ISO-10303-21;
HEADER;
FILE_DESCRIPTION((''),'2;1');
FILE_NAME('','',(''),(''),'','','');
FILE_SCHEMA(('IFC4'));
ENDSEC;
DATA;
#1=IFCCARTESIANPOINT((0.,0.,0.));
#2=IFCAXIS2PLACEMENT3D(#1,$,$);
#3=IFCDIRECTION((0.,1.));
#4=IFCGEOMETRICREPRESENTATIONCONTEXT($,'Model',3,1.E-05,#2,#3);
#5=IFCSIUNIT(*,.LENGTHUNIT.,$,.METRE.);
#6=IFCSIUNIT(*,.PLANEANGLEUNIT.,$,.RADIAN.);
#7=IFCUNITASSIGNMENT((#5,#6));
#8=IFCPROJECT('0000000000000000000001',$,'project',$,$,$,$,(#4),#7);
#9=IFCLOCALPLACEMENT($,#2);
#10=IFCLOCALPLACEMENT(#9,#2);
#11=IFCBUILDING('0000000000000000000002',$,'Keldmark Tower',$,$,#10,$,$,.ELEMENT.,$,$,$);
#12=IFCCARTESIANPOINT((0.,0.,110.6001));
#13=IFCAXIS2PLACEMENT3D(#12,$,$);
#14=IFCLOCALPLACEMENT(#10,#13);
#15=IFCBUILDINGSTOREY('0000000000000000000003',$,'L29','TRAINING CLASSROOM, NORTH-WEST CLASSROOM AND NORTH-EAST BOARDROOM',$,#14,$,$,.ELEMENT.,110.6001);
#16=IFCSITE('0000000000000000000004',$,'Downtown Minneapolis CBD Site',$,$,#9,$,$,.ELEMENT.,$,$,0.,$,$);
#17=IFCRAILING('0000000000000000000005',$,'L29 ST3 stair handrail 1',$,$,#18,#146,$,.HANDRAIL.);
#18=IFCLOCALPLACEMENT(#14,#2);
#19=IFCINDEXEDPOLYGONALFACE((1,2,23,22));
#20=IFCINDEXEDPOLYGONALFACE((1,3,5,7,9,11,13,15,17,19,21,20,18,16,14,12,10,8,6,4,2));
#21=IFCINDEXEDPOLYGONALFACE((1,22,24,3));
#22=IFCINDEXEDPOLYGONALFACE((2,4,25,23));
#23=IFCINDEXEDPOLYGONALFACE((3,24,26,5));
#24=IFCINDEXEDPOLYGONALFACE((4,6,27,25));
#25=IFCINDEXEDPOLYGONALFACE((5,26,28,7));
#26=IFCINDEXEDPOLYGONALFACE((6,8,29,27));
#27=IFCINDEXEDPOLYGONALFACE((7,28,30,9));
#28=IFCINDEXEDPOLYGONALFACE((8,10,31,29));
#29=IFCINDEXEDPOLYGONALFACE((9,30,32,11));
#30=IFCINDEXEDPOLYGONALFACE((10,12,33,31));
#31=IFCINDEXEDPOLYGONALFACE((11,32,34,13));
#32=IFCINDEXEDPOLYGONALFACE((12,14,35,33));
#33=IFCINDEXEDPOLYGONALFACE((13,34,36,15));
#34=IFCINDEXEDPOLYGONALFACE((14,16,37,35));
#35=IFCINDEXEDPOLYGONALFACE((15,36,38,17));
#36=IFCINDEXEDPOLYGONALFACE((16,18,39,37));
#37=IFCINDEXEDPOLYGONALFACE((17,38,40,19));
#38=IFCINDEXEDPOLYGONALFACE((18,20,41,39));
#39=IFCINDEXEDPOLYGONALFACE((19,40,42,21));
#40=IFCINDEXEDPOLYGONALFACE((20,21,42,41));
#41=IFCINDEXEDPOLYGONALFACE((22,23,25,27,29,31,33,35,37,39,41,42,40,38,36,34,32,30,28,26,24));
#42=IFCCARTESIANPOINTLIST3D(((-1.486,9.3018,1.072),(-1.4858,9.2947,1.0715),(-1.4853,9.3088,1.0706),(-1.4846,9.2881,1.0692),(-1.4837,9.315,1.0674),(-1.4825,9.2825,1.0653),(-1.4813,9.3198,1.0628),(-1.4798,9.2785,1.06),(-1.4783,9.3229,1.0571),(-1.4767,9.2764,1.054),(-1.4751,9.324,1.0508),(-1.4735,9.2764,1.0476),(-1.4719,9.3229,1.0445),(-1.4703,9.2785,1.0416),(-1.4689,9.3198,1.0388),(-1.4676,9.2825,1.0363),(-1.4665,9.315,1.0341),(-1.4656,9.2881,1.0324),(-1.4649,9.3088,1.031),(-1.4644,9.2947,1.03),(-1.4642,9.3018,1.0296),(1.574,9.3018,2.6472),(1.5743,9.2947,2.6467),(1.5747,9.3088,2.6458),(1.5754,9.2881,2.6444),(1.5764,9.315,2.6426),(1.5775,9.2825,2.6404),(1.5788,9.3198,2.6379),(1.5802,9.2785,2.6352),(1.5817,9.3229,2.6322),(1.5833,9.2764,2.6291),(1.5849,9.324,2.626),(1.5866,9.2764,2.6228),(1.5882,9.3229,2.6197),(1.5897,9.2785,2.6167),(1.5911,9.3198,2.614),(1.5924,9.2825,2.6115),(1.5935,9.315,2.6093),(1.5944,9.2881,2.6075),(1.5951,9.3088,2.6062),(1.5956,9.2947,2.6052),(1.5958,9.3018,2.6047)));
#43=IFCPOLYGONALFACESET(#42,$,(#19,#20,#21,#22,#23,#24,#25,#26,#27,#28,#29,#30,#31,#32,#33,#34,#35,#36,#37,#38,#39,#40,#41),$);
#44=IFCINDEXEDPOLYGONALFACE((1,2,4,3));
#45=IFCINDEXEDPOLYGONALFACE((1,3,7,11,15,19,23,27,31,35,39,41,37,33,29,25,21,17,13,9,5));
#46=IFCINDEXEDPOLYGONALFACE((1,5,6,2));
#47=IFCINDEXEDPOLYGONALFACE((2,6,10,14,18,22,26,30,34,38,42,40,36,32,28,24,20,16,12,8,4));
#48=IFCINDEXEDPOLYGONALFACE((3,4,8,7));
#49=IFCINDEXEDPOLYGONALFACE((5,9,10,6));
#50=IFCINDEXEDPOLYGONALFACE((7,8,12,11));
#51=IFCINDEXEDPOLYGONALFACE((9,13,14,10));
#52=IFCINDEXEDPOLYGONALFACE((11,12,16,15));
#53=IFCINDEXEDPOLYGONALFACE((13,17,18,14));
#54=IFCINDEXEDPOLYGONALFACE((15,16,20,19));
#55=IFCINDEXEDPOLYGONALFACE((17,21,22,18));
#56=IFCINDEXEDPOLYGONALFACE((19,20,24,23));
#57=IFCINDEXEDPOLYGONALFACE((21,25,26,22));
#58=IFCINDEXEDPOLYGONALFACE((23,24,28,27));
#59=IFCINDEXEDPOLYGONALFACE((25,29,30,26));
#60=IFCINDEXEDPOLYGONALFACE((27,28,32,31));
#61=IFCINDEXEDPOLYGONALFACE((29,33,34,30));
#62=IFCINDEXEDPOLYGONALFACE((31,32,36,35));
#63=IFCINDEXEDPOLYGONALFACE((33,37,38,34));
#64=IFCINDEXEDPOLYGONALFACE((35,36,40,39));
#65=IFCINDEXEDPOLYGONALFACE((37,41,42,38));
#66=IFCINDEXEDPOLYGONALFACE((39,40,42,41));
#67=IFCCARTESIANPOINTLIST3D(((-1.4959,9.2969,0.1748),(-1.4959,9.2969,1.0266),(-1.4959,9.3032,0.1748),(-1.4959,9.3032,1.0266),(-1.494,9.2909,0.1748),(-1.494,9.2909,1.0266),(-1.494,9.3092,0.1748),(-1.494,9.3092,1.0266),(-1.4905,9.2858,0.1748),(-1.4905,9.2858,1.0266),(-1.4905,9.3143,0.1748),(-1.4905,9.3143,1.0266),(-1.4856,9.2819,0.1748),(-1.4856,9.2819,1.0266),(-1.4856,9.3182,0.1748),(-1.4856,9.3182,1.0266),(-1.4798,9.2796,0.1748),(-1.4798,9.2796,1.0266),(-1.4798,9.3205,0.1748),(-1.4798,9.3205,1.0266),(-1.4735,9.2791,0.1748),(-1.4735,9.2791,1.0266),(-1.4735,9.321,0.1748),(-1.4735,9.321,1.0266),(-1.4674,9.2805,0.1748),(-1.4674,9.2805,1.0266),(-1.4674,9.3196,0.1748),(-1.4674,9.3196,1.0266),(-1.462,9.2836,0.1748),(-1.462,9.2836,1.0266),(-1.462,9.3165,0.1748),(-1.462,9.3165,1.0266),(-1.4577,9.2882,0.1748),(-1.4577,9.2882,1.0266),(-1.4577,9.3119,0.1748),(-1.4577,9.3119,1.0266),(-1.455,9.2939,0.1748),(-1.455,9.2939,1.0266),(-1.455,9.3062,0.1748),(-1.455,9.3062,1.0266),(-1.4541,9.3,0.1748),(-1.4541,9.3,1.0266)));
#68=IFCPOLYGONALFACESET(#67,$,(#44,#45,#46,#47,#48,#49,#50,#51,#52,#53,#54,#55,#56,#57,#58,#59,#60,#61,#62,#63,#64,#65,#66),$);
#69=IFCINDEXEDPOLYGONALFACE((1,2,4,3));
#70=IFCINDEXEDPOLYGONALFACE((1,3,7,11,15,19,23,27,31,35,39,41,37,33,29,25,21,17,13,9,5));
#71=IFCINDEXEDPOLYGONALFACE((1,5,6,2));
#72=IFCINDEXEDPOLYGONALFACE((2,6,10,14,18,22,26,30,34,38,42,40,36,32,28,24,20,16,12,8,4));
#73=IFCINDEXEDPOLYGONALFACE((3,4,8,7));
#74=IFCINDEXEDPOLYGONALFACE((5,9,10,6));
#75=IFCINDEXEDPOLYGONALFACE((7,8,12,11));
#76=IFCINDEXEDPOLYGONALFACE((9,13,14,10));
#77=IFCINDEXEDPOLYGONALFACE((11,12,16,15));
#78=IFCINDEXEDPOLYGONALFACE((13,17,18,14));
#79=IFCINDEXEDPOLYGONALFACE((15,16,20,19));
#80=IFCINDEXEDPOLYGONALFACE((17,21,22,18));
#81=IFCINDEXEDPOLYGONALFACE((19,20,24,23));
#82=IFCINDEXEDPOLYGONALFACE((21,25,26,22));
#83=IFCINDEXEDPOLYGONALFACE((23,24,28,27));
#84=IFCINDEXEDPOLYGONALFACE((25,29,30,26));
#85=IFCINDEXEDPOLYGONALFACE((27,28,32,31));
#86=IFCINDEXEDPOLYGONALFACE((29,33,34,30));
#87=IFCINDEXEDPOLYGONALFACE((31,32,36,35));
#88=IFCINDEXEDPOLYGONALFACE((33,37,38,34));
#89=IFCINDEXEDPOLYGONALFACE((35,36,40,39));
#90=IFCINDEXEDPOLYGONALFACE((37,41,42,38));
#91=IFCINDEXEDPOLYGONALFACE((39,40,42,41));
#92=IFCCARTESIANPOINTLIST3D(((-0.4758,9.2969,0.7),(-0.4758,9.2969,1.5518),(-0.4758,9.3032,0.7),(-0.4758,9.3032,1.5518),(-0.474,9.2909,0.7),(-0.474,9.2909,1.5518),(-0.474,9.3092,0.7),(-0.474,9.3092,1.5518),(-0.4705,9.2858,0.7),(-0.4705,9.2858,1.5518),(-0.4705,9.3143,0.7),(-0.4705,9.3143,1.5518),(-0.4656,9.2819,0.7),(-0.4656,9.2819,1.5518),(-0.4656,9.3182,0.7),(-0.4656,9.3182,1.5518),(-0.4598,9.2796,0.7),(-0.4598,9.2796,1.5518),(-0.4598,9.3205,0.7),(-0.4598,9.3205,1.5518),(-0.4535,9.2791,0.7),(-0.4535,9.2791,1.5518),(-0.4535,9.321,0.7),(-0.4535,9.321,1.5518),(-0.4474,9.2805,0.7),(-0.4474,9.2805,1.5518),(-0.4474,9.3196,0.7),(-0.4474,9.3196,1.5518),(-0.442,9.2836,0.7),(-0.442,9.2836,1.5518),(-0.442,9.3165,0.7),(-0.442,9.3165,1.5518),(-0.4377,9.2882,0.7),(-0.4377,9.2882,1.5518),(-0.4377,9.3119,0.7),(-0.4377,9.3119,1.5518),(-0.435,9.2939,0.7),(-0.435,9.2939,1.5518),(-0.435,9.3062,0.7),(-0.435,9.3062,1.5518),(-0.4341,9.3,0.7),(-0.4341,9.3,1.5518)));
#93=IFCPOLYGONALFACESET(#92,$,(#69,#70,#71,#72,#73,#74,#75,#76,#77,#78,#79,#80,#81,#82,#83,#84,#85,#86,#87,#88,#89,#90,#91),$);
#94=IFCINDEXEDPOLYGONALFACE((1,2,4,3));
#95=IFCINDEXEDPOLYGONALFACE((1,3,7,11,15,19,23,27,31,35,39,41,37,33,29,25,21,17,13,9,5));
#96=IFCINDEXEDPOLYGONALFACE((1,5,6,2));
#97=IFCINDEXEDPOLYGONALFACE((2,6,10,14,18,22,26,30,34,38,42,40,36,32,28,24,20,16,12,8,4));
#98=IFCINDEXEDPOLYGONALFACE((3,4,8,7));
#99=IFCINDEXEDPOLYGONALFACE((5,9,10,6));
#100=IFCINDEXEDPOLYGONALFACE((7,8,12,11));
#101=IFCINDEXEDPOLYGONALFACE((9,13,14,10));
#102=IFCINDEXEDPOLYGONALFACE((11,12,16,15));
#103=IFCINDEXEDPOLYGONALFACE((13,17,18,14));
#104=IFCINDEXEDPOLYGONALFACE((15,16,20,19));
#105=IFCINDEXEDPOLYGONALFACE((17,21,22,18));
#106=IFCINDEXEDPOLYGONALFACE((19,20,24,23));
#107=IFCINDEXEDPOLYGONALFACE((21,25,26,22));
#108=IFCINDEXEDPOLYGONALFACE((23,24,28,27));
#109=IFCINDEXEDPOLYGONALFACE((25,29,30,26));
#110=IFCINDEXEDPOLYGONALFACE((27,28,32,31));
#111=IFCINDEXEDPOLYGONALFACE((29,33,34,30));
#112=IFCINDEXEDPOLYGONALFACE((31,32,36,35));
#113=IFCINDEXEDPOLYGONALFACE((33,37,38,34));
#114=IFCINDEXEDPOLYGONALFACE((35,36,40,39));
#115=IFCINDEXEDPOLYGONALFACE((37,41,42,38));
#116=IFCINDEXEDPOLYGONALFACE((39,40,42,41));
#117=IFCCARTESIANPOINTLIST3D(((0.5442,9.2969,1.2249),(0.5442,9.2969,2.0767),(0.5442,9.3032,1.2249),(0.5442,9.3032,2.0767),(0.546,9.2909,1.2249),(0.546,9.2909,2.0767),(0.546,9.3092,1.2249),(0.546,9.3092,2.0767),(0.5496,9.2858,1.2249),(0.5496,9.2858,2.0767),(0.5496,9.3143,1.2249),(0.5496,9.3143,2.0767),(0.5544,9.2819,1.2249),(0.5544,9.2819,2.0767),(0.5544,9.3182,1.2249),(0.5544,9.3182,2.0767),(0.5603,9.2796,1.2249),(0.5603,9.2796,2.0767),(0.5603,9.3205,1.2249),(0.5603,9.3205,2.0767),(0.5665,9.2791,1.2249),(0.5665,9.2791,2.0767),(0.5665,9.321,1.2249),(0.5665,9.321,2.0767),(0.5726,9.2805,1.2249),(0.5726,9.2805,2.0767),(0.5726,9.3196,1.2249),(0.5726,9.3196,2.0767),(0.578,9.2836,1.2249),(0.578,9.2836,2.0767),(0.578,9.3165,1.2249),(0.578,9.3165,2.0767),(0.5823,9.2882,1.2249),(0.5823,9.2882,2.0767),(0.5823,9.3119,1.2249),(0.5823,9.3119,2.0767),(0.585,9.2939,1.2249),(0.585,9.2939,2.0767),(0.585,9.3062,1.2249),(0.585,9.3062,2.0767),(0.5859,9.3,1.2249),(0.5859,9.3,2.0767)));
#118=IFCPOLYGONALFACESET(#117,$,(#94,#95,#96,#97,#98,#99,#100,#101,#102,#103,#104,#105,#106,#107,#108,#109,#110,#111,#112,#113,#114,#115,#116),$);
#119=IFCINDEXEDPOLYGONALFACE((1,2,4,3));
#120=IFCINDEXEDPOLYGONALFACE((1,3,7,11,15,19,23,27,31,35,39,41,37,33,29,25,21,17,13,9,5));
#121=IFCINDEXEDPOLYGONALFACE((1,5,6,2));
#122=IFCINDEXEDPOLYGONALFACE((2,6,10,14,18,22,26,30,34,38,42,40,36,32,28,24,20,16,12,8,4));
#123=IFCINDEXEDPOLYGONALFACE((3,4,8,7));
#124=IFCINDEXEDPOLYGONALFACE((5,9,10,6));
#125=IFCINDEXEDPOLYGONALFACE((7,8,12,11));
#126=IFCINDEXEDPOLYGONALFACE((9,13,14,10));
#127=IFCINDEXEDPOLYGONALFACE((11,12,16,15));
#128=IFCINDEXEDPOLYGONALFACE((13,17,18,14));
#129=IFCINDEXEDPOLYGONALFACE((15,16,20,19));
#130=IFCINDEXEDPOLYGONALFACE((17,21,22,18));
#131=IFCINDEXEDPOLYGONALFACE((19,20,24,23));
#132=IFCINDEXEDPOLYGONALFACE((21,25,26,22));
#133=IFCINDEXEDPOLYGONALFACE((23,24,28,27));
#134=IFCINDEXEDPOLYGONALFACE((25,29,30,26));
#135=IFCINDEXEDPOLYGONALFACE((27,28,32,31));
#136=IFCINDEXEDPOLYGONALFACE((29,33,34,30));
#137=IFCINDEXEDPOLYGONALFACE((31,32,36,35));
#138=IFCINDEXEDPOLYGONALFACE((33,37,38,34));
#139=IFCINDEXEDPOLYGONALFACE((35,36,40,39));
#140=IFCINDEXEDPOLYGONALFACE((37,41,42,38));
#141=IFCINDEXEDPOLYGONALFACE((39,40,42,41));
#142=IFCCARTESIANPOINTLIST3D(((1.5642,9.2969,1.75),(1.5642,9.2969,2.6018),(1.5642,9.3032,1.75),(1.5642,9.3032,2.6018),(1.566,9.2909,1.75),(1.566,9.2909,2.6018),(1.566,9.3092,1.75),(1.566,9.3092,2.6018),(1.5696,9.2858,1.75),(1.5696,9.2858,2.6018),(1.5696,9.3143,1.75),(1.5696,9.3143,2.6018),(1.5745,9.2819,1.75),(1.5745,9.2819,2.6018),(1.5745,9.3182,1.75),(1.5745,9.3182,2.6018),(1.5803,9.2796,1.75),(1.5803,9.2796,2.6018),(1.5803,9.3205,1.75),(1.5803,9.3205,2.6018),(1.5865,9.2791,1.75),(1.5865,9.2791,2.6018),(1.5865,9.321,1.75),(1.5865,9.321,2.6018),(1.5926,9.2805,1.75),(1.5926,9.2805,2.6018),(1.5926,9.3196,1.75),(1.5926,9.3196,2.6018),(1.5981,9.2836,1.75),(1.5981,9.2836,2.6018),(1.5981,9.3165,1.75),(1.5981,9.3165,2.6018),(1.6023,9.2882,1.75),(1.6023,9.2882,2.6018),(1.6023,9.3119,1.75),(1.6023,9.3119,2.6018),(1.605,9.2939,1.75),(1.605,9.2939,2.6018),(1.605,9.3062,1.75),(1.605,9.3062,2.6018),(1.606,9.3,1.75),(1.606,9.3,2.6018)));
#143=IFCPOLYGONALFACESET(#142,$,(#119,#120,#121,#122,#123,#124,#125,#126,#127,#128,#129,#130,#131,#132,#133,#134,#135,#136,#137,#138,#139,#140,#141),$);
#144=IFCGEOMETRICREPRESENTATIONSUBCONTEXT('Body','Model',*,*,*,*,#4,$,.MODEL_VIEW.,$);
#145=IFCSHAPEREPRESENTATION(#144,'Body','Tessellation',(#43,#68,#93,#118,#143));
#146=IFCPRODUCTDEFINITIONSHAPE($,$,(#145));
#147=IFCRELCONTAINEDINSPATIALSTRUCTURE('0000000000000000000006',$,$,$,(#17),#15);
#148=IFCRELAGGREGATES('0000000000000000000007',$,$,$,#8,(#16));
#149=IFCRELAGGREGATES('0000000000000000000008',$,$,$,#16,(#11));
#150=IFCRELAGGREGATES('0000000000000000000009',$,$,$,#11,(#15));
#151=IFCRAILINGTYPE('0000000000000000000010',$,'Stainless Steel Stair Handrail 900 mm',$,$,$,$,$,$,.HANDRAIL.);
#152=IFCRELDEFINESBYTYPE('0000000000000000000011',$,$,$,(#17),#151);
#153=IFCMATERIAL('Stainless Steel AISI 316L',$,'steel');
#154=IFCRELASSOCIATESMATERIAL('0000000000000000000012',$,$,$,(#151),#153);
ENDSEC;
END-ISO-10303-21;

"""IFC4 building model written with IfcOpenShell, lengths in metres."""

from ifc_helpers import new_model, si_unit, direction, frame, origin, origin_2d, place, context, subcontext, project, spatial, circle, extrude, material, type_object, element, save


model = new_model("IFC4")

# Units and contexts
model_context = context("Model", 3, precision=1e-05, world=origin(), true_north=direction((0.0, 1.0)))
body_context = subcontext(model_context, "Body", "Model", "MODEL_VIEW")
ifc_project = project(units=[si_unit("LENGTHUNIT", "METRE"), si_unit("PLANEANGLEUNIT", "RADIAN")], contexts=[model_context])

# Site, building, storey
site_placement = place(None, origin())
site = spatial("IfcSite", under=ifc_project, at=site_placement, Name="Downtown Minneapolis CBD Site", CompositionType="ELEMENT", RefElevation=0.0)
building_placement = place(site_placement, origin())
building = spatial("IfcBuilding", under=site, at=building_placement, Name="Keldmark Tower", CompositionType="ELEMENT")
storey_placement = place(building_placement, frame((0.0, 0.0, 110.6001)))
storey = spatial("IfcBuildingStorey", under=building, at=storey_placement, Name="L29", Description="TRAINING CLASSROOM, NORTH-WEST CLASSROOM AND NORTH-EAST BOARDROOM", CompositionType="ELEMENT", Elevation=110.6001)

# Railing
ifc_material_1 = material(Name="Stainless Steel AISI 316L", Category="steel")
railing_type = type_object("IfcRailingType", Name="Stainless Steel Stair Handrail 900 mm", PredefinedType="HANDRAIL", material=ifc_material_1)
railing_placement = place(storey_placement, frame((-1.4751, 9.3, 0.1748)))
element("IfcRailing", 1, at=railing_placement, inside=storey, type_object=railing_type, Name="L29 ST3 stair handrail 1", PredefinedType="HANDRAIL", context=body_context, shape_type="SweptSolid", body=[
    extrude(circle(Radius=0.0239, at=origin_2d()), frame((0.0, 0.0, 0.876), z_axis=(0.889116, 0.0, 0.457681), x_axis=(0.0, 1.0, 0.0)), (0.0, 0.0, 1.0), 3.4417),
    extrude(circle(Radius=0.021, at=origin_2d()), origin(), (0.0, 0.0, 1.0), 0.8518),
    extrude(circle(Radius=0.021, at=origin_2d()), frame((1.02, 0.0, 0.5251)), (0.0, 0.0, 1.0), 0.8518),
    extrude(circle(Radius=0.021, at=origin_2d()), frame((2.04, 0.0, 1.05)), (0.0, 0.0, 1.0), 0.8518),
    extrude(circle(Radius=0.021, at=origin_2d()), frame((3.0601, 0.0, 1.5752)), (0.0, 0.0, 1.0), 0.8518),
])

save(model, "model.ifc")
